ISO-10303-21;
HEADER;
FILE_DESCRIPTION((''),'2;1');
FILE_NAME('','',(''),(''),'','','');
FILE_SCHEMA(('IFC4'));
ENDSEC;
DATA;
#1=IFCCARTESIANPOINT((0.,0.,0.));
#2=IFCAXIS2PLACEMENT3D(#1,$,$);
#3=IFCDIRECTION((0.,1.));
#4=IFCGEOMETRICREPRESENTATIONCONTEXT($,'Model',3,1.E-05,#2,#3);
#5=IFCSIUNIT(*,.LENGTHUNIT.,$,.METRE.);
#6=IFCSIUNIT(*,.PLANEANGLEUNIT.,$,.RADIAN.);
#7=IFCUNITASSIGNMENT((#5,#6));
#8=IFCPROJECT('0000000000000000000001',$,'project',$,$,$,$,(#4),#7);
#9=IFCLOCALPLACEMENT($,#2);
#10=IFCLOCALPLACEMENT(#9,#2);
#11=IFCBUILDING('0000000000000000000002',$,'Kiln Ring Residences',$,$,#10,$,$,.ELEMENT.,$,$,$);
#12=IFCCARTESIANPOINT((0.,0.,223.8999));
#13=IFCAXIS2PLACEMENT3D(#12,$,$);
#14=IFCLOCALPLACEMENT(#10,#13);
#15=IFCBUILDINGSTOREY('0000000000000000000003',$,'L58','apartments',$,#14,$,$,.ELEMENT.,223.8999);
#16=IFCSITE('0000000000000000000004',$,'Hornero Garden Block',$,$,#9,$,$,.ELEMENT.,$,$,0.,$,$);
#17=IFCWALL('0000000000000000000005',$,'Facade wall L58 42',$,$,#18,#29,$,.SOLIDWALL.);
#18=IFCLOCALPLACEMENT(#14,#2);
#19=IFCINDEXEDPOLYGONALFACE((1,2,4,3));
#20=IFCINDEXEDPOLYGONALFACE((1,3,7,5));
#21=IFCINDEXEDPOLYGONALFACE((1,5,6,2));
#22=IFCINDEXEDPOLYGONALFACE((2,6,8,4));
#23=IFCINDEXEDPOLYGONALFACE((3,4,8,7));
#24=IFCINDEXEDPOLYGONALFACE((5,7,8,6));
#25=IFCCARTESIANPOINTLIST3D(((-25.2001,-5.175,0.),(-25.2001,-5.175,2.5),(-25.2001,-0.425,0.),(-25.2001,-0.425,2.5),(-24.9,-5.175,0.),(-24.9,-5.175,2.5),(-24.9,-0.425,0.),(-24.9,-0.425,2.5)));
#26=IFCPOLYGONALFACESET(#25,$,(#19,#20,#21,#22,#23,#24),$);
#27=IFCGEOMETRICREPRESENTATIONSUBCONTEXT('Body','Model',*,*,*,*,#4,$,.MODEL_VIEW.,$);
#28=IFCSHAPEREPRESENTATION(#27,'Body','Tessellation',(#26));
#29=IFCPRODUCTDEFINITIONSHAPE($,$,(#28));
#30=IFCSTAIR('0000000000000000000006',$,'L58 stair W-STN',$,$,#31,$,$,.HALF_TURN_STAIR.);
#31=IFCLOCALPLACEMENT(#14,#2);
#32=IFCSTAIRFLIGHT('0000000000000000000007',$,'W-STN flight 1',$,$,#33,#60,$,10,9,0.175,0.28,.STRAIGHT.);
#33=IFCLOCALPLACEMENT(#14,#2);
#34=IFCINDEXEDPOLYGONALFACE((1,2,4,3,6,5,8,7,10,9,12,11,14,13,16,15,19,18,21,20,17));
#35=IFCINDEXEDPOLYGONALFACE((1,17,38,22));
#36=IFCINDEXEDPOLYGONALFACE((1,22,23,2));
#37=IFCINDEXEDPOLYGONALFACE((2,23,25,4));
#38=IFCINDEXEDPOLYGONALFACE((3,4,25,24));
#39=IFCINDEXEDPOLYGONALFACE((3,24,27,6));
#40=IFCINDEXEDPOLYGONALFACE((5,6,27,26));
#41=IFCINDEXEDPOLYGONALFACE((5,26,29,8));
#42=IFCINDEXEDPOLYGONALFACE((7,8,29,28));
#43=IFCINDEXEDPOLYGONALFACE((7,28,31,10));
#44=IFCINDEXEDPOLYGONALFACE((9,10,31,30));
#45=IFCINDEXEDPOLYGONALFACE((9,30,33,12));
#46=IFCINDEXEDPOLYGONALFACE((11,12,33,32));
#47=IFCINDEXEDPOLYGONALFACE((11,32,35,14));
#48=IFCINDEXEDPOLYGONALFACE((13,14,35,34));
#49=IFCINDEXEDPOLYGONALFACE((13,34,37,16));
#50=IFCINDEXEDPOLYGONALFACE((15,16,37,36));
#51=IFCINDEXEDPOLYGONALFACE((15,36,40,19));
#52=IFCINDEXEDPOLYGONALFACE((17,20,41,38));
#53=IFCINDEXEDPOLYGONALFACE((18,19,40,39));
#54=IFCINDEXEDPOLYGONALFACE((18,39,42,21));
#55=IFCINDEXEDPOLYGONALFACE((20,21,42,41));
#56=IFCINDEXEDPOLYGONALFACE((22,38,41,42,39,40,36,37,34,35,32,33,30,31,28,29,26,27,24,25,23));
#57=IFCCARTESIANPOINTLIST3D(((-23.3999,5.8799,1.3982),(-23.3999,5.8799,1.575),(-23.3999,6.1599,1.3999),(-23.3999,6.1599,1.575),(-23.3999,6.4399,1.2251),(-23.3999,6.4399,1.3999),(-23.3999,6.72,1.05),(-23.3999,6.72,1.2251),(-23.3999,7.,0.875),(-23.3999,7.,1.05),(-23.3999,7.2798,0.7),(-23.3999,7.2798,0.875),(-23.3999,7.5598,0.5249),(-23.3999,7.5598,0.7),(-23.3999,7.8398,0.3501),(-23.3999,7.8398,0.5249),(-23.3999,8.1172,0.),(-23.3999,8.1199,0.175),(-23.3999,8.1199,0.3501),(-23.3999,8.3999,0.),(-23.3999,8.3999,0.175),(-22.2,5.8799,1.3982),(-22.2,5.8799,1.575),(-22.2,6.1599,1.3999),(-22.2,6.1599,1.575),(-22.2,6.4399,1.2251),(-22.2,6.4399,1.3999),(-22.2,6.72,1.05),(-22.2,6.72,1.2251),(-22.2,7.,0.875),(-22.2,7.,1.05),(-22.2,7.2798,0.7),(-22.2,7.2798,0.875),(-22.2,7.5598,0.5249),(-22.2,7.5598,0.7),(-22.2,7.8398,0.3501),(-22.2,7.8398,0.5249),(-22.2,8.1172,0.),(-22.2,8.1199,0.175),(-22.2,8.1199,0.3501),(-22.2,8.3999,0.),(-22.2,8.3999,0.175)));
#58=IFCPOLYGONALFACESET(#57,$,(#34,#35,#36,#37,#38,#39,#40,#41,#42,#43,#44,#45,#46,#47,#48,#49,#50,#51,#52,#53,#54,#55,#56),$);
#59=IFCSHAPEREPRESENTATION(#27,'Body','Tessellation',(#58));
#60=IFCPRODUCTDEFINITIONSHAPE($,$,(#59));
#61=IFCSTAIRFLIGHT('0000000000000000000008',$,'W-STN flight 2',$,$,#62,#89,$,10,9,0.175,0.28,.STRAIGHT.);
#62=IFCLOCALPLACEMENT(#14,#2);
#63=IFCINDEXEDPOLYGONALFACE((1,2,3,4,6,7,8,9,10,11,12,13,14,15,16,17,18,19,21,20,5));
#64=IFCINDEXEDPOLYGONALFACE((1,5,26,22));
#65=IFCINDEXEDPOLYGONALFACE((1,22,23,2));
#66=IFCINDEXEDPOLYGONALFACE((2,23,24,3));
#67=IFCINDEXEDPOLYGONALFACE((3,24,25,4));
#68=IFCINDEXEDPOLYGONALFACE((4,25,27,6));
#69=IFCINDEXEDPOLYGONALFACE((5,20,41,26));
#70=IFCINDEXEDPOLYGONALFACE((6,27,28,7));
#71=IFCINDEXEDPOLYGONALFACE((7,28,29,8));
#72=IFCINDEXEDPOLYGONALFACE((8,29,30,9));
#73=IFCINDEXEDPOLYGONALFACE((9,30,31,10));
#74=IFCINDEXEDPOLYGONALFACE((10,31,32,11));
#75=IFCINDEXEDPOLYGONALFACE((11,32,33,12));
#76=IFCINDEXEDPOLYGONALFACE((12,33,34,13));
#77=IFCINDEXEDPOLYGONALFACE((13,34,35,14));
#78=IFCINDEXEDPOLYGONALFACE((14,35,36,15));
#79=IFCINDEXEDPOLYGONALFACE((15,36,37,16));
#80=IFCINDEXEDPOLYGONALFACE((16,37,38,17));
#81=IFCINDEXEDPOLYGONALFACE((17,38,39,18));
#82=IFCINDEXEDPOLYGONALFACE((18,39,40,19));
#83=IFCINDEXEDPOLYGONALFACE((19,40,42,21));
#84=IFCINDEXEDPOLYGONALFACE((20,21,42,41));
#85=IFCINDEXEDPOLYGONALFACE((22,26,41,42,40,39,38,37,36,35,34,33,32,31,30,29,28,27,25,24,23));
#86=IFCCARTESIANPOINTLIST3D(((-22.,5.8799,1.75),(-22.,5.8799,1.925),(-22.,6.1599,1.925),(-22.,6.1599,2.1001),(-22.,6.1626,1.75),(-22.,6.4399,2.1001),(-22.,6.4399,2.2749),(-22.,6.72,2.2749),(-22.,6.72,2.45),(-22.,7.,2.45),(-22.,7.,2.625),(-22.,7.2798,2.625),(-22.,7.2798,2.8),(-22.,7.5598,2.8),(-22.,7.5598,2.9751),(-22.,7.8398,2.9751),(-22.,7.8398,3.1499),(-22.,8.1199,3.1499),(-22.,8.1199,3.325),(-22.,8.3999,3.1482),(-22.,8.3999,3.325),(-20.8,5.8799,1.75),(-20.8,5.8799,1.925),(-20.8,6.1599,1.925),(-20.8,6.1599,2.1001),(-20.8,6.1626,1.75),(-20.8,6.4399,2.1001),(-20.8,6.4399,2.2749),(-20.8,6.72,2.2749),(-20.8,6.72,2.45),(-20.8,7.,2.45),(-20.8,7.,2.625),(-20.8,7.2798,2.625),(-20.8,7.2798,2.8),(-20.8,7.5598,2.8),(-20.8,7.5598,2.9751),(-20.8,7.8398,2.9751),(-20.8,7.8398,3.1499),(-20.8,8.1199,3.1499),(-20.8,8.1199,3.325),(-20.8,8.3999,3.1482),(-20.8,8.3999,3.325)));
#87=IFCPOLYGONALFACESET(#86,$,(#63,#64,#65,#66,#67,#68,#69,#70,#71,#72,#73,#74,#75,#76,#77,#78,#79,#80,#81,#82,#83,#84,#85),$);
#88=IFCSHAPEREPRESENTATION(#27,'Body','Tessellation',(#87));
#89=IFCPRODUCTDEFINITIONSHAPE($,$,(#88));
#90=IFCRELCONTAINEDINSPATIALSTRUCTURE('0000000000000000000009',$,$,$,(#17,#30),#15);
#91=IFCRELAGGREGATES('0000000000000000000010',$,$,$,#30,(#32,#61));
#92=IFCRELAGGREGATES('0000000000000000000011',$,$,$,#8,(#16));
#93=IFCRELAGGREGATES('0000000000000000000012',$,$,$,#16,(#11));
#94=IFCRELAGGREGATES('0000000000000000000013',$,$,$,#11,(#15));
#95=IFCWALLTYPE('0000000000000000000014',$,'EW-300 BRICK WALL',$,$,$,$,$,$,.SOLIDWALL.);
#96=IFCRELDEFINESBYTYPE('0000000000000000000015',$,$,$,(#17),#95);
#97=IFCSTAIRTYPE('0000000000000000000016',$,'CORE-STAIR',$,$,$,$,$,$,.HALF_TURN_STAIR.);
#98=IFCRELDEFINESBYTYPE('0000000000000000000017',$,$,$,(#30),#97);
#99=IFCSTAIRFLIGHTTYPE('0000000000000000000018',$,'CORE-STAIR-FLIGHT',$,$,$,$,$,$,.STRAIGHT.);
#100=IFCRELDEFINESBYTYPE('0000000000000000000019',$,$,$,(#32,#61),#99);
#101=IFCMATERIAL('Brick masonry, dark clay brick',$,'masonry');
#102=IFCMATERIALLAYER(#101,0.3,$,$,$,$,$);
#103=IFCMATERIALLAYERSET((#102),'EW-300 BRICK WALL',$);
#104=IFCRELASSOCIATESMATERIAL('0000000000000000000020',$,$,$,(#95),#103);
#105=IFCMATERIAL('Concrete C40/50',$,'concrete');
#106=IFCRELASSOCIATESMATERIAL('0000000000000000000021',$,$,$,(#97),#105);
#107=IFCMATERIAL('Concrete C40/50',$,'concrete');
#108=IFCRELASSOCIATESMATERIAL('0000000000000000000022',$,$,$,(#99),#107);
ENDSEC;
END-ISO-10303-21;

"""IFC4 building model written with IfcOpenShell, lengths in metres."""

from ifc_helpers import new_model, si_unit, direction, frame, frame_2d, origin, place, context, subcontext, project, spatial, polyline, rectangle, outline, extrude, material, layer, layer_set, type_object, element, aggregate, save


model = new_model("IFC4")

# Units and contexts
model_context = context("Model", 3, precision=1e-05, world=origin(), true_north=direction((0.0, 1.0)))
body_context = subcontext(model_context, "Body", "Model", "MODEL_VIEW")
ifc_project = project(units=[si_unit("LENGTHUNIT", "METRE"), si_unit("PLANEANGLEUNIT", "RADIAN")], contexts=[model_context])

# Site, building, storey
site_placement = place(None, origin())
site = spatial("IfcSite", under=ifc_project, at=site_placement, Name="Hornero Garden Block", CompositionType="ELEMENT", RefElevation=0.0)
building_placement = place(site_placement, origin())
building = spatial("IfcBuilding", under=site, at=building_placement, Name="Kiln Ring Residences", CompositionType="ELEMENT")
storey_placement = place(building_placement, frame((0.0, 0.0, 223.8999)))
storey = spatial("IfcBuildingStorey", under=building, at=storey_placement, Name="L58", Description="apartments", CompositionType="ELEMENT", Elevation=223.8999)

# Wall
ifc_material_1 = material(Name="Brick masonry, dark clay brick", Category="masonry")
ifc_layer_1 = layer(ifc_material_1, 0.3)
ifc_layer_set_1 = layer_set([ifc_layer_1], Name="EW-300 BRICK WALL")
wall_type_1 = type_object("IfcWallType", Name="EW-300 BRICK WALL", PredefinedType="SOLIDWALL", material=ifc_layer_set_1)
for number, where, z_axis, x_axis, name in (
    (1, (-25.05, -0.425, 0.0), (0.0, 0.0, 1.0), (0.0, -1.0, 0.0), "Facade wall L58 42"),
):
    element("IfcWall", number, at=place(storey_placement, frame(where, z_axis=z_axis, x_axis=x_axis)), inside=storey, type_object=wall_type_1, Name=name, PredefinedType="SOLIDWALL", context=body_context, shape_type="SweptSolid", body=[
        extrude(rectangle(XDim=4.75, YDim=0.3, at=frame_2d((2.375, 0.0))), origin(), (0.0, 0.0, 1.0), 2.5),
    ])

# Stair, stair flights
ifc_material_2 = material(Name="Concrete C40/50", Category="concrete")
stair_type = type_object("IfcStairType", Name="CORE-STAIR", PredefinedType="HALF_TURN_STAIR", material=ifc_material_2)
stair_placement = place(storey_placement, origin())
stair = element("IfcStair", 2, at=stair_placement, inside=storey, type_object=stair_type, Name="L58 stair W-STN", PredefinedType="HALF_TURN_STAIR")
ifc_material_3 = material(Name="Concrete C40/50", Category="concrete")
stair_flight_type = type_object("IfcStairFlightType", Name="CORE-STAIR-FLIGHT", PredefinedType="STRAIGHT", material=ifc_material_3)
stair_flight_1_placement = place(storey_placement, frame((-22.8, 8.3999, 0.0), z_axis=(0.0, 0.0, 1.0), x_axis=(0.0, -1.0, 0.0)))
stair_flight_1 = element("IfcStairFlight", 3, at=stair_flight_1_placement, type_object=stair_flight_type, Name="W-STN flight 1", NumberOfRisers=10, NumberOfTreads=9, PredefinedType="STRAIGHT", RiserHeight=0.175, TreadLength=0.28, context=body_context, shape_type="SweptSolid", body=[
    extrude(outline(polyline([(0.0, 0.0), (0.0, 0.175), (0.28, 0.175), (0.28, 0.3501), (0.5601, 0.3501), (0.5601, 0.5249), (0.8401, 0.5249), (0.8401, 0.7), (1.1201, 0.7), (1.1201, 0.875), (1.3999, 0.875), (1.3999, 1.05), (1.6799, 1.05), (1.6799, 1.2251), (1.96, 1.2251), (1.96, 1.3999), (2.24, 1.3999), (2.24, 1.575), (2.52, 1.575), (2.52, 1.75), (2.52, 1.3982), (0.2827, 0.0), (0.0, 0.0)])), frame((0.0, 0.6001, 0.0), z_axis=(0.0, -1.0, 0.0), x_axis=(1.0, 0.0, 0.0)), (0.0, 0.0, 1.0), 1.2),
])
stair_flight_2_placement = place(storey_placement, frame((-21.3999, 5.8799, 1.75), z_axis=(0.0, 0.0, 1.0), x_axis=(0.0, 1.0, 0.0)))
stair_flight_2 = element("IfcStairFlight", 4, at=stair_flight_2_placement, type_object=stair_flight_type, Name="W-STN flight 2", NumberOfRisers=10, NumberOfTreads=9, PredefinedType="STRAIGHT", RiserHeight=0.175, TreadLength=0.28, context=body_context, shape_type="SweptSolid", body=[
    extrude(outline(polyline([(0.0, 0.0), (0.0, 0.175), (0.28, 0.175), (0.28, 0.3501), (0.5601, 0.3501), (0.5601, 0.5249), (0.8401, 0.5249), (0.8401, 0.7), (1.1201, 0.7), (1.1201, 0.875), (1.3999, 0.875), (1.3999, 1.05), (1.6799, 1.05), (1.6799, 1.2251), (1.96, 1.2251), (1.96, 1.3999), (2.24, 1.3999), (2.24, 1.575), (2.52, 1.575), (2.52, 1.75), (2.52, 1.3982), (0.2827, 0.0), (0.0, 0.0)])), frame((0.0, 0.6001, 0.0), z_axis=(0.0, -1.0, 0.0), x_axis=(1.0, 0.0, 0.0)), (0.0, 0.0, 1.0), 1.2),
])
aggregate(stair, [stair_flight_1, stair_flight_2])

save(model, "model.ifc")
